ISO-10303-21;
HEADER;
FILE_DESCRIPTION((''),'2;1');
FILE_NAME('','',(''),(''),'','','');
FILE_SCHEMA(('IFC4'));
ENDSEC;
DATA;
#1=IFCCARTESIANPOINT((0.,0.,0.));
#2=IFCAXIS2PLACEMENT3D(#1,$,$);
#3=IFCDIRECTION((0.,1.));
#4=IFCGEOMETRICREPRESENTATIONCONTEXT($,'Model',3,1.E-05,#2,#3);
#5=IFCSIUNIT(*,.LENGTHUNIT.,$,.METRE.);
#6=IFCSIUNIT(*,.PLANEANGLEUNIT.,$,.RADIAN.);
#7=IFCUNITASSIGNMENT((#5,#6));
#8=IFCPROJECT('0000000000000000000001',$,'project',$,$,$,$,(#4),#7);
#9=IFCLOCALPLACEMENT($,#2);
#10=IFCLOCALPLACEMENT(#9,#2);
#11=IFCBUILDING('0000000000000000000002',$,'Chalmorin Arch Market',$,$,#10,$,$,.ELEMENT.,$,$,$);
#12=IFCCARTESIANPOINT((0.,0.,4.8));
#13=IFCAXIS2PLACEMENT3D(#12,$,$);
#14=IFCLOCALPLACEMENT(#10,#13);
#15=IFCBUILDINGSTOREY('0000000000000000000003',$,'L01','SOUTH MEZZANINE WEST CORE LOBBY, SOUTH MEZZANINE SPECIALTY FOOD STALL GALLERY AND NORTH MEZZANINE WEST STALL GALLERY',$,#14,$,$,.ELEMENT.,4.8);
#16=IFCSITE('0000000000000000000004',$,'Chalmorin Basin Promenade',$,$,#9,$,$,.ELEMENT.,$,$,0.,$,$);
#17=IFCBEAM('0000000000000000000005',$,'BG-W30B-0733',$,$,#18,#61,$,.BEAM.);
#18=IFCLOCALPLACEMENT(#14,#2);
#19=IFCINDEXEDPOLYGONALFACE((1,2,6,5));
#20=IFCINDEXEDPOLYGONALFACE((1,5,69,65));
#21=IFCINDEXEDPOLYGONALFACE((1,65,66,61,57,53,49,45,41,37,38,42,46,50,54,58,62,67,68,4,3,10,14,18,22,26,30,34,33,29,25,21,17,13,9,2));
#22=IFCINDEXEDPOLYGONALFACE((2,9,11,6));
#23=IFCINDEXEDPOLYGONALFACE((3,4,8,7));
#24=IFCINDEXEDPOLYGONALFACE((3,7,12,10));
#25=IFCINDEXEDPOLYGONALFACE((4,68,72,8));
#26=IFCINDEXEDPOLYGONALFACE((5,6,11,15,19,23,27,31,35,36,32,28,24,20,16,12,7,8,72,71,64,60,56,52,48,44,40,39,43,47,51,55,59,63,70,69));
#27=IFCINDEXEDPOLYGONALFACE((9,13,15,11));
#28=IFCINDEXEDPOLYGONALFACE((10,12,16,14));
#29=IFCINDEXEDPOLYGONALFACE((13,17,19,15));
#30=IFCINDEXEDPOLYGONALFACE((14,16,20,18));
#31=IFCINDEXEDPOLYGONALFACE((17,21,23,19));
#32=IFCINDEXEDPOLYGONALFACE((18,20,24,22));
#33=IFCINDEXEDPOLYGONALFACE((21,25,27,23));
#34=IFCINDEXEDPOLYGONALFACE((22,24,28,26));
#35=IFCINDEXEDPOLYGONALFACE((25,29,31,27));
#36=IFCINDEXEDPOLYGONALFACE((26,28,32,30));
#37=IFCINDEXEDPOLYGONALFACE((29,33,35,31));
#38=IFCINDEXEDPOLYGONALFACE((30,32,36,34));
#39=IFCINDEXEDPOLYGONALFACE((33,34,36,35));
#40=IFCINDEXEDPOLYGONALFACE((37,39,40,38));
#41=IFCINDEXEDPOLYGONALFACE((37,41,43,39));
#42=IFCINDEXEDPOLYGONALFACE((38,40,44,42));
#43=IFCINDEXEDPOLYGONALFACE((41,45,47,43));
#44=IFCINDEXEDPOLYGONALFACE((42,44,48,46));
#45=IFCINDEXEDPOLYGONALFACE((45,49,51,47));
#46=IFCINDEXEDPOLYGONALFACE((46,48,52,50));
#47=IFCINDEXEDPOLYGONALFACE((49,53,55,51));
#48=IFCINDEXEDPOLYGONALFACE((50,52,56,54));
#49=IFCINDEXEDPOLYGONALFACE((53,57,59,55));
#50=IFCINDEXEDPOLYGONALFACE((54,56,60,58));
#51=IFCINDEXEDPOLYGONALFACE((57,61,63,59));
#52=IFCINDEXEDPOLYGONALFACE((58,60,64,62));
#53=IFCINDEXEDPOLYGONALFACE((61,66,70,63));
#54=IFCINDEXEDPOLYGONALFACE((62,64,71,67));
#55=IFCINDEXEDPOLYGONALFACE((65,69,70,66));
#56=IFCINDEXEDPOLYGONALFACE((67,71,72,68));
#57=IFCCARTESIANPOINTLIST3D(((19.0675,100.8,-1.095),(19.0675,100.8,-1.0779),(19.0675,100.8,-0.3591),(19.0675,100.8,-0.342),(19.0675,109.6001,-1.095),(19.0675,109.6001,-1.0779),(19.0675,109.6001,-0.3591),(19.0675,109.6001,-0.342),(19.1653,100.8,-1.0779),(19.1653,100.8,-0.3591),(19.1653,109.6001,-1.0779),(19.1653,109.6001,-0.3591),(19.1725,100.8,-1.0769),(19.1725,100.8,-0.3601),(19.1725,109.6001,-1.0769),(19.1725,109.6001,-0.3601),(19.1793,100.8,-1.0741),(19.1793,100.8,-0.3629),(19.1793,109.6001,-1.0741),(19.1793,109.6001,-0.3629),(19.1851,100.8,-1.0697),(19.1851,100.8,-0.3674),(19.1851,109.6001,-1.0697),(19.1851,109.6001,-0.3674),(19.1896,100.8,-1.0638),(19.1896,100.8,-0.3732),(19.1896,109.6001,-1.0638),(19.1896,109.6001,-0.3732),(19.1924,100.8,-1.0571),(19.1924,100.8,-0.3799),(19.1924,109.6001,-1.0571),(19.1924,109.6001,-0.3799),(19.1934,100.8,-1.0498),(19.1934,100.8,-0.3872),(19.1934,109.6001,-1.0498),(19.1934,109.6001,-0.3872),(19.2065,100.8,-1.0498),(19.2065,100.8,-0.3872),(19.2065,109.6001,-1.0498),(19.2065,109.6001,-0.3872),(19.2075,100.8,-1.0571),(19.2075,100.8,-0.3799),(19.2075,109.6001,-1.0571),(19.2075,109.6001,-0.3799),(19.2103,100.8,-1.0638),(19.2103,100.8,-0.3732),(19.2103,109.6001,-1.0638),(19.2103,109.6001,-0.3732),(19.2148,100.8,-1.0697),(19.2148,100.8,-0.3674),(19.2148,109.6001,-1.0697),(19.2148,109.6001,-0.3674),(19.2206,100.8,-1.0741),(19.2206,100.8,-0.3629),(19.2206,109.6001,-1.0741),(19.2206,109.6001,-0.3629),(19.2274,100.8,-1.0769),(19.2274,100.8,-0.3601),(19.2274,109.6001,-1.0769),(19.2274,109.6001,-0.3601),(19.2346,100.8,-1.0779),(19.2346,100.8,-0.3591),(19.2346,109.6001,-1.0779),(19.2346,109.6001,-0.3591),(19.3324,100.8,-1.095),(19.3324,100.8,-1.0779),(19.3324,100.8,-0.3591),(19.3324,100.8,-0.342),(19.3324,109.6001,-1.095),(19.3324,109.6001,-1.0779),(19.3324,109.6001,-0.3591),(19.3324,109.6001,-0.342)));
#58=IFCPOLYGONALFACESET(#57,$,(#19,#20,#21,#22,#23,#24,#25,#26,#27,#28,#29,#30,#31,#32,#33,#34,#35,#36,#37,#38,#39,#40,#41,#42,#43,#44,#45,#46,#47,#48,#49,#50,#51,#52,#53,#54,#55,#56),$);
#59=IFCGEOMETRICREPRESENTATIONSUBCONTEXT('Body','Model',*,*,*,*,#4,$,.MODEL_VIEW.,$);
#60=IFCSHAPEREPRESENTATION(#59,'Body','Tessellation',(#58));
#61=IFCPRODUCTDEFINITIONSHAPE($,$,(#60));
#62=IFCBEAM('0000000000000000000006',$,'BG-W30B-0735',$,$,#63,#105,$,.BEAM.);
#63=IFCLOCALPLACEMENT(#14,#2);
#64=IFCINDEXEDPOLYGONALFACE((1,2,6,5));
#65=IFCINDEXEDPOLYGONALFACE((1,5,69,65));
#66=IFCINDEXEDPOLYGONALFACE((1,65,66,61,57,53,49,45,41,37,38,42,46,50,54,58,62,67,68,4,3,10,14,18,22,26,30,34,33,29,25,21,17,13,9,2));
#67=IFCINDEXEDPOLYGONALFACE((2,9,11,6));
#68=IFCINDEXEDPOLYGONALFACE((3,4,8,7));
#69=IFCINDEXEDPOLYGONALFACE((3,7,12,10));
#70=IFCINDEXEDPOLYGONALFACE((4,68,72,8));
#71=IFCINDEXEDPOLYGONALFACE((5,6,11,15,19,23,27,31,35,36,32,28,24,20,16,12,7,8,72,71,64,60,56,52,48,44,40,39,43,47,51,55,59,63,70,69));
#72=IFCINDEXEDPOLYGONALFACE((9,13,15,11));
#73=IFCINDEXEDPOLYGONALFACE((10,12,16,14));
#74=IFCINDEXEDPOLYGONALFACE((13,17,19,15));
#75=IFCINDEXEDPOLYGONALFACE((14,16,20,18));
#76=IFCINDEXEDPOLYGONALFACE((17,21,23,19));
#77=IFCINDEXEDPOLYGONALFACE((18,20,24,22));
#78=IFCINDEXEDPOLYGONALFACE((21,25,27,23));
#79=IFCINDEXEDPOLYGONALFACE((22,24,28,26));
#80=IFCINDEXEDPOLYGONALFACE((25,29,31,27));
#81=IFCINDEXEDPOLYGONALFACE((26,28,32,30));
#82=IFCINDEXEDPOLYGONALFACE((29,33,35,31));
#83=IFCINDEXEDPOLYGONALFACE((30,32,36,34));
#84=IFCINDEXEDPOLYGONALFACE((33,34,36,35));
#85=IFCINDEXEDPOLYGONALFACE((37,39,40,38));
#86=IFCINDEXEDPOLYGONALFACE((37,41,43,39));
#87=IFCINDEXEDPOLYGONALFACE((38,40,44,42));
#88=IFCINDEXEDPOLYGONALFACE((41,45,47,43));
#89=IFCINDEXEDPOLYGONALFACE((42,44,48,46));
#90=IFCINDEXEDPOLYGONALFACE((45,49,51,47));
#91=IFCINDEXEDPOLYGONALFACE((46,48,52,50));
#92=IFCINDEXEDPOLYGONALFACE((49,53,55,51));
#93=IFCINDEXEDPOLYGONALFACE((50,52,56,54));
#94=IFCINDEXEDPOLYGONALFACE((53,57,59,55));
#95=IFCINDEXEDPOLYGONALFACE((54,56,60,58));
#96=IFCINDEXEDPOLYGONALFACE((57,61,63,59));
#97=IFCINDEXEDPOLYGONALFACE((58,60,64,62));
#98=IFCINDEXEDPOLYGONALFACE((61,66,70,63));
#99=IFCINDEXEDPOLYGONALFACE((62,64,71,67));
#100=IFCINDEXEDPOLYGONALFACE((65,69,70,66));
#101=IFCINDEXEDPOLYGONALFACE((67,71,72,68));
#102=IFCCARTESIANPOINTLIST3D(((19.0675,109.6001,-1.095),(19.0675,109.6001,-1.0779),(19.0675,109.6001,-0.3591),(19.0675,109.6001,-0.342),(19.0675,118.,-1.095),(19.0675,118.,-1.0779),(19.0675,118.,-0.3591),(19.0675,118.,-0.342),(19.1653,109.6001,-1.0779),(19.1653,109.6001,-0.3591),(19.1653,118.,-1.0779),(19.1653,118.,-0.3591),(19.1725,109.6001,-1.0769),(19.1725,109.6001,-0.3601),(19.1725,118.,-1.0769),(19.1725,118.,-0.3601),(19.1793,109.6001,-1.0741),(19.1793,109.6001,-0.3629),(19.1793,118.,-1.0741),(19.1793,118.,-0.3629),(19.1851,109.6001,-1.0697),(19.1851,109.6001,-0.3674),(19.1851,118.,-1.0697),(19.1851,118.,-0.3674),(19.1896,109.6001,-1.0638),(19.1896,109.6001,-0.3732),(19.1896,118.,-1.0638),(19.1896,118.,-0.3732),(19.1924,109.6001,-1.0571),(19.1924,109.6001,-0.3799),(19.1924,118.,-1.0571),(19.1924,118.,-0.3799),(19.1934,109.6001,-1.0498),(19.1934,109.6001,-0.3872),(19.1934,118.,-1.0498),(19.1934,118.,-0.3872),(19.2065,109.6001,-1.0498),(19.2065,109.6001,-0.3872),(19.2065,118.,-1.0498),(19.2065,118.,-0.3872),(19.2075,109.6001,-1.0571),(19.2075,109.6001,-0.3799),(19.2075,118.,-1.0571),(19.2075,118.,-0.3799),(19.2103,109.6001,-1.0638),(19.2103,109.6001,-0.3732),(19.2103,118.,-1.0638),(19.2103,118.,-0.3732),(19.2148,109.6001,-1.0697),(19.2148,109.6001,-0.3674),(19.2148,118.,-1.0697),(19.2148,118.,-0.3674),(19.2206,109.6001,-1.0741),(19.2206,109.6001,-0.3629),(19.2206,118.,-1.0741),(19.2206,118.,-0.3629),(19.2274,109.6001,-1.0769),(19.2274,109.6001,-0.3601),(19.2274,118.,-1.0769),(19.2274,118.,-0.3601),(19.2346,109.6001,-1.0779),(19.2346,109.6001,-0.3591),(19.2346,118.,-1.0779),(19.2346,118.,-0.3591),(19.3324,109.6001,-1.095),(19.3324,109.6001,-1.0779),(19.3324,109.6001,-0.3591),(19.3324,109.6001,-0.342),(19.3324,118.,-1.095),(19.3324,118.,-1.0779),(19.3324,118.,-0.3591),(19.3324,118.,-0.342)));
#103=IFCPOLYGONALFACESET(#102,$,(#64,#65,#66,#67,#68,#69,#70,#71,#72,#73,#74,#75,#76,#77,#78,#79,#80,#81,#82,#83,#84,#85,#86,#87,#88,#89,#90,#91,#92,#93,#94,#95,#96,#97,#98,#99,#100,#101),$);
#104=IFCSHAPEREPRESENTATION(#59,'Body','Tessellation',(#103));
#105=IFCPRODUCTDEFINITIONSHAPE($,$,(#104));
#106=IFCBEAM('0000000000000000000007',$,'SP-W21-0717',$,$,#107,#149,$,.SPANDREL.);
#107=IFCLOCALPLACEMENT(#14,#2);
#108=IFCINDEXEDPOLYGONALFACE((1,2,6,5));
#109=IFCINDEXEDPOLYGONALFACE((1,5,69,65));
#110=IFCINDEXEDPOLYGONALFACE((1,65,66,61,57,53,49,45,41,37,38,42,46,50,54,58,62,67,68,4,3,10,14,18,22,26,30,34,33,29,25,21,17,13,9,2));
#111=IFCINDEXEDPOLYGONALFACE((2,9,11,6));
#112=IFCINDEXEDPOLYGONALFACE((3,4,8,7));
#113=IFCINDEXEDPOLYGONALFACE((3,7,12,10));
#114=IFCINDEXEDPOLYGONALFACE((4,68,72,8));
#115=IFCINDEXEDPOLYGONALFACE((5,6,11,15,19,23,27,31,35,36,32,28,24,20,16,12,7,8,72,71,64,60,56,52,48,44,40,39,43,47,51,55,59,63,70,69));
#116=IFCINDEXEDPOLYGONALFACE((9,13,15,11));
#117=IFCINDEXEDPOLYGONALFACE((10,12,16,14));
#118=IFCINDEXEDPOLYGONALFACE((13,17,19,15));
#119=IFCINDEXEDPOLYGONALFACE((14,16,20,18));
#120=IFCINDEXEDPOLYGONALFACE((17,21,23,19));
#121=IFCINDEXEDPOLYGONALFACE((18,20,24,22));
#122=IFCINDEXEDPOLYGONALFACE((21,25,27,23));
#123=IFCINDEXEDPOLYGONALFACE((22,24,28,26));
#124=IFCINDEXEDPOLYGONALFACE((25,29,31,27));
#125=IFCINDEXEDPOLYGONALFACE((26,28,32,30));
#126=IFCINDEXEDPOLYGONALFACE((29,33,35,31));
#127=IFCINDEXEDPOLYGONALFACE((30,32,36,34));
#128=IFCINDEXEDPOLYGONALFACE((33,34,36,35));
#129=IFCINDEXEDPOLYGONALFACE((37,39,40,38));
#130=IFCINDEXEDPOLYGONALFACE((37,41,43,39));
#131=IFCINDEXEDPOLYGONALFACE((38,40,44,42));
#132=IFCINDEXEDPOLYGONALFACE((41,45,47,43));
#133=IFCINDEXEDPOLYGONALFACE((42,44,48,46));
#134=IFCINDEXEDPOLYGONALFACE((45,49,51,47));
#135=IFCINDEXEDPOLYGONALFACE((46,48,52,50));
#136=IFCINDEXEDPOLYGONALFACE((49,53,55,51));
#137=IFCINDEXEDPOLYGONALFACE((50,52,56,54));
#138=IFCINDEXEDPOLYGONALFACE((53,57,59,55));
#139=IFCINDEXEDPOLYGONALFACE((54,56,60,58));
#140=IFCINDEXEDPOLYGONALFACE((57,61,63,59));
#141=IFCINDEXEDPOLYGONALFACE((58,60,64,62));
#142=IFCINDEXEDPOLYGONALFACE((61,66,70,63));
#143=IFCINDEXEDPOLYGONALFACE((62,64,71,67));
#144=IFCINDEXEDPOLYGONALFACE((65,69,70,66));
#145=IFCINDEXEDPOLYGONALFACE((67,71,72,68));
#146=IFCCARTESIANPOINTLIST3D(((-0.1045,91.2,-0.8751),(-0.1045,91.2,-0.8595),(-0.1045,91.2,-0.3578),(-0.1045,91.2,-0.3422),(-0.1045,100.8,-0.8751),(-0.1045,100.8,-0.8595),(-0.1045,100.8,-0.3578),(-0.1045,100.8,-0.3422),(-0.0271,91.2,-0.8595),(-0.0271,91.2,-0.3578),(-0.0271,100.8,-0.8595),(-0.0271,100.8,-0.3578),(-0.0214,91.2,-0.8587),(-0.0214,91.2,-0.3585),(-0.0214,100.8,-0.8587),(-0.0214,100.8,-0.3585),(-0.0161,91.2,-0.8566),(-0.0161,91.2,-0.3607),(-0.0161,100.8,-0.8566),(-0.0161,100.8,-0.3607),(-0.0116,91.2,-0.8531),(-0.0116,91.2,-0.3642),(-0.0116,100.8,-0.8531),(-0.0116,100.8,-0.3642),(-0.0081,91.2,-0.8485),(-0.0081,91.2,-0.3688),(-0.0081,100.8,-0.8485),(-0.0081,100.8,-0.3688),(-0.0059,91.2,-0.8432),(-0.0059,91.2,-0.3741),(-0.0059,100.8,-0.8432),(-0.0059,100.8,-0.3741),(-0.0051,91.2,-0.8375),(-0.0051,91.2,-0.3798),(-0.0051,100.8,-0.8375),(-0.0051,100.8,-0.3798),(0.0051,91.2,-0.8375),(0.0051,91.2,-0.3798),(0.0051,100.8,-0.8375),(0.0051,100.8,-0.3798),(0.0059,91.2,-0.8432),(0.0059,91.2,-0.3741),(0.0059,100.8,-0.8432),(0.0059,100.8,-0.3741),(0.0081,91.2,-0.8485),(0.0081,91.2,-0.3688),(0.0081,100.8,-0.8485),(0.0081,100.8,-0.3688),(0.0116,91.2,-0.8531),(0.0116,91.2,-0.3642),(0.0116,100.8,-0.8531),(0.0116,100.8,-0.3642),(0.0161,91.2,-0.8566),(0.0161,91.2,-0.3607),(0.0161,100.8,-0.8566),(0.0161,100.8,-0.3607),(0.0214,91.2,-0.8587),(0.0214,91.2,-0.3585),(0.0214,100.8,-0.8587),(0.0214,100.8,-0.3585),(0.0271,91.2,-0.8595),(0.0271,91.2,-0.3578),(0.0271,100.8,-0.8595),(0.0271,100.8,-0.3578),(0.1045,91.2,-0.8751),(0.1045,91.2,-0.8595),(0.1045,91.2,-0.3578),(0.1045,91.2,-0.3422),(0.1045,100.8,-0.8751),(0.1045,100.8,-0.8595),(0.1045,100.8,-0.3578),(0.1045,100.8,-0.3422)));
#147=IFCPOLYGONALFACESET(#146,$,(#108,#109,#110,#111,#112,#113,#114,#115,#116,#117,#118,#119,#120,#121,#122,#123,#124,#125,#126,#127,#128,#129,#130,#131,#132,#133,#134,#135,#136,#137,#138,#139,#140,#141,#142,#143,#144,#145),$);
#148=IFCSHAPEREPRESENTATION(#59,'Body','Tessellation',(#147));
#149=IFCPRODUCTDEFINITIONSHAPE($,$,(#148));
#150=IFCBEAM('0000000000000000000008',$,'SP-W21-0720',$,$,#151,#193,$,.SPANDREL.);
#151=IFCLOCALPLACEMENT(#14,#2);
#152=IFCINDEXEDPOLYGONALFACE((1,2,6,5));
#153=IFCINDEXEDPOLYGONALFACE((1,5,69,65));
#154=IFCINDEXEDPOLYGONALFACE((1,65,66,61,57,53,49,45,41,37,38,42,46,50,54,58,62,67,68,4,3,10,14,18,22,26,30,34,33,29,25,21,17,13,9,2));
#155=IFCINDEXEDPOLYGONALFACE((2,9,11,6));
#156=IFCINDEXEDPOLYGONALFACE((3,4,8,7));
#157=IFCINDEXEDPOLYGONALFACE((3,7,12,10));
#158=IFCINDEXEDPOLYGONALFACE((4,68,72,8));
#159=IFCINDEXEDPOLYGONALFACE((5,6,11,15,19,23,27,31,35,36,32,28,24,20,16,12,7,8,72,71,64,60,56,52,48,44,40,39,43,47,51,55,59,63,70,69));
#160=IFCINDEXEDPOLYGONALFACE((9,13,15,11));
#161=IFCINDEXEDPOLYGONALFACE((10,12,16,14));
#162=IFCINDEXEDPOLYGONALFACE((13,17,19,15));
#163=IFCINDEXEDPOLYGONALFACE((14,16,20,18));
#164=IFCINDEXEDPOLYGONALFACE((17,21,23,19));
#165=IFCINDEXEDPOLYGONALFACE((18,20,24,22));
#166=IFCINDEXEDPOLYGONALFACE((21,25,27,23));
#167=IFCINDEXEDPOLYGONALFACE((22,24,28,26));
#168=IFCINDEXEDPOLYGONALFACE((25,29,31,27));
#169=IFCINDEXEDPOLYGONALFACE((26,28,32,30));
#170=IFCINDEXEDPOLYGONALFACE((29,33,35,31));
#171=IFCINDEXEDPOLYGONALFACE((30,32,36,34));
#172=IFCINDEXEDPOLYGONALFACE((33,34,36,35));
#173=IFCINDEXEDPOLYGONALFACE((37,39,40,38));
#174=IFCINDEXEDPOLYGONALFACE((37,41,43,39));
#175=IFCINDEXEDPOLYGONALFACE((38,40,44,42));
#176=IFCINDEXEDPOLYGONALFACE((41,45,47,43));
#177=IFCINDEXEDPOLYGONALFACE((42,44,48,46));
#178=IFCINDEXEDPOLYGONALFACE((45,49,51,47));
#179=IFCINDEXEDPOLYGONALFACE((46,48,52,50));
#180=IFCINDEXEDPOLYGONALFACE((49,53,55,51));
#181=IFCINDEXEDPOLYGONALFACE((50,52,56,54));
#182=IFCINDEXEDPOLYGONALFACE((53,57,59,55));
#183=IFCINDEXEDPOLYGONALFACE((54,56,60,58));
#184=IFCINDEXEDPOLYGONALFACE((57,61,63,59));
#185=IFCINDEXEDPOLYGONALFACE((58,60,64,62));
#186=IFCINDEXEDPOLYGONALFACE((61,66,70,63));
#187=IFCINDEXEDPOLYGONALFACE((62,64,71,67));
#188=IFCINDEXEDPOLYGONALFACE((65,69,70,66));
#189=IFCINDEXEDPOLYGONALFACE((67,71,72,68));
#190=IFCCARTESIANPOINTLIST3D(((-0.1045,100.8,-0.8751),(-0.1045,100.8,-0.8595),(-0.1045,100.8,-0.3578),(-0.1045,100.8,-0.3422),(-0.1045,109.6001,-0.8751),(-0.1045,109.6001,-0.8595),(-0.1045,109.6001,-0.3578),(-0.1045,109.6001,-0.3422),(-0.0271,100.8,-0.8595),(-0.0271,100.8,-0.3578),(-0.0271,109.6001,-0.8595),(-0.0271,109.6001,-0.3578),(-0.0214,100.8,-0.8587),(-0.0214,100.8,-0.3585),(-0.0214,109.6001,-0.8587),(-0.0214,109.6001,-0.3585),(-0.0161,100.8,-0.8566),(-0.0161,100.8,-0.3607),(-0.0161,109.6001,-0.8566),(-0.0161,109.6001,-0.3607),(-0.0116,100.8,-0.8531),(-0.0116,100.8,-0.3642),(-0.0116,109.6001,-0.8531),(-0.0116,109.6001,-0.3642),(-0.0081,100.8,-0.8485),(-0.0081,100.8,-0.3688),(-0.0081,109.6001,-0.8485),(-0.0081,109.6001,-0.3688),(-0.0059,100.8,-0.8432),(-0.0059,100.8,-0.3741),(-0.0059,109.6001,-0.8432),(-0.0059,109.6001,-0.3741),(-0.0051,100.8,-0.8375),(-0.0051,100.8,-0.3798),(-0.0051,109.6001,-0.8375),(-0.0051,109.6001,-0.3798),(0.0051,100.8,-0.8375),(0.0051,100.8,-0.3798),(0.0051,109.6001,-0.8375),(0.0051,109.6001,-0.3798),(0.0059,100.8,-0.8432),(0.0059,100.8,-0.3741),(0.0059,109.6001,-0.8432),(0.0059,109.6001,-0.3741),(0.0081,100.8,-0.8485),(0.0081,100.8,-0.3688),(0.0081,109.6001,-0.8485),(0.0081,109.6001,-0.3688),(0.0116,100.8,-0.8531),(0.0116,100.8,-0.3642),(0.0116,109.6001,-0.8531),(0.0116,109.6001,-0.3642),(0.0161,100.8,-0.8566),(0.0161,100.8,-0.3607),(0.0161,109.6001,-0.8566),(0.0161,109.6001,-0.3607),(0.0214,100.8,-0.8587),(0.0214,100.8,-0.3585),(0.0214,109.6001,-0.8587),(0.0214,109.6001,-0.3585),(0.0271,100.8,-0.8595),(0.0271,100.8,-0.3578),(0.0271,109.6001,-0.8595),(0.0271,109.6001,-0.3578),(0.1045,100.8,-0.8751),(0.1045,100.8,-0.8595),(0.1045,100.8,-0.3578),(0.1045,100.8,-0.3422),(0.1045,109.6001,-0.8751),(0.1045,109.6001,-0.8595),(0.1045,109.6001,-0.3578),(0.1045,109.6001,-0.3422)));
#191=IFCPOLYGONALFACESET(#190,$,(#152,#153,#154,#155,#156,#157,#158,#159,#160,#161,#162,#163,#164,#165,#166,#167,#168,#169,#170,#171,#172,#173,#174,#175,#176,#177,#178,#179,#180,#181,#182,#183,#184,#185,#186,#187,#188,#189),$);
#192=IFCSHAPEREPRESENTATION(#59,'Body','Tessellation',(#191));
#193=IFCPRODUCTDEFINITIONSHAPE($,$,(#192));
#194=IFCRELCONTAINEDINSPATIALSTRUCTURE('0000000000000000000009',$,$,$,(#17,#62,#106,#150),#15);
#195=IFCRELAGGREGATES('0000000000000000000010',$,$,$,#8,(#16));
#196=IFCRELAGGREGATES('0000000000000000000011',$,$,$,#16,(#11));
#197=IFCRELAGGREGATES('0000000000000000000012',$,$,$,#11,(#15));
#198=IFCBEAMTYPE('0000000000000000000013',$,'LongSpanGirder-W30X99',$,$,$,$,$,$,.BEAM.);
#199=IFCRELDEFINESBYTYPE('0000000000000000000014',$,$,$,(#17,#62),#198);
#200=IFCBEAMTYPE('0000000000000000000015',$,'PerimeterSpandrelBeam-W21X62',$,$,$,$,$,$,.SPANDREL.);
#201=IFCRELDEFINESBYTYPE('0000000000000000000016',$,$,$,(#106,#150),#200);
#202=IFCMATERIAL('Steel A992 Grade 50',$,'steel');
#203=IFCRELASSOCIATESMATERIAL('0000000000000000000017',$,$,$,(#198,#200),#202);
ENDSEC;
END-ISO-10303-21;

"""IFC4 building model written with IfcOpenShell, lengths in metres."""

from ifc_helpers import new_model, si_unit, direction, frame, origin, origin_2d, place, context, subcontext, project, spatial, i_section, extrude, material, material_profile, profile_set, type_object, element, save


model = new_model("IFC4")

# Units and contexts
model_context = context("Model", 3, precision=1e-05, world=origin(), true_north=direction((0.0, 1.0)))
body_context = subcontext(model_context, "Body", "Model", "MODEL_VIEW")
ifc_project = project(units=[si_unit("LENGTHUNIT", "METRE"), si_unit("PLANEANGLEUNIT", "RADIAN")], contexts=[model_context])

# Site, building, storey
site_placement = place(None, origin())
site = spatial("IfcSite", under=ifc_project, at=site_placement, Name="Chalmorin Basin Promenade", CompositionType="ELEMENT", RefElevation=0.0)
building_placement = place(site_placement, origin())
building = spatial("IfcBuilding", under=site, at=building_placement, Name="Chalmorin Arch Market", CompositionType="ELEMENT")
storey_placement = place(building_placement, frame((0.0, 0.0, 4.8)))
storey = spatial("IfcBuildingStorey", under=building, at=storey_placement, Name="L01", Description="SOUTH MEZZANINE WEST CORE LOBBY, SOUTH MEZZANINE SPECIALTY FOOD STALL GALLERY AND NORTH MEZZANINE WEST STALL GALLERY", CompositionType="ELEMENT", Elevation=4.8)

# Beams
ifc_material = material(Name="Steel A992 Grade 50", Category="steel")
ifc_material_profile_1 = material_profile(ifc_material, i_section(OverallWidth=0.2649, OverallDepth=0.7529, WebThickness=0.0132, FlangeThickness=0.0171, FilletRadius=0.0281, at=origin_2d()), Name="W30X99")
ifc_profile_set_1 = profile_set([ifc_material_profile_1], Name="Steel A992 Grade 50")
beam_type_1 = type_object("IfcBeamType", Name="LongSpanGirder-W30X99", PredefinedType="BEAM", material=ifc_profile_set_1)
beam_1_placement = place(storey_placement, frame((19.2, 100.8, -0.7185), z_axis=(0.0, 1.0, 0.0), x_axis=(-1.0, 0.0, 0.0)))
element("IfcBeam", 1, at=beam_1_placement, inside=storey, type_object=beam_type_1, Name="BG-W30B-0733", PredefinedType="BEAM", context=body_context, shape_type="SweptSolid", body=[
    extrude(i_section(OverallWidth=0.2649, OverallDepth=0.7529, WebThickness=0.0132, FlangeThickness=0.0171, FilletRadius=0.0281, at=origin_2d()), origin(), (0.0, 0.0, 1.0), 8.8),
])
beam_2_placement = place(storey_placement, frame((19.2, 109.6001, -0.7185), z_axis=(0.0, 1.0, 0.0), x_axis=(-1.0, 0.0, 0.0)))
element("IfcBeam", 2, at=beam_2_placement, inside=storey, type_object=beam_type_1, Name="BG-W30B-0735", PredefinedType="BEAM", context=body_context, shape_type="SweptSolid", body=[
    extrude(i_section(OverallWidth=0.2649, OverallDepth=0.7529, WebThickness=0.0132, FlangeThickness=0.0171, FilletRadius=0.0281, at=origin_2d()), origin(), (0.0, 0.0, 1.0), 8.3999),
])
ifc_material_profile_2 = material_profile(ifc_material, i_section(OverallWidth=0.209, OverallDepth=0.533, WebThickness=0.0103, FlangeThickness=0.0156, FilletRadius=0.022, at=origin_2d()), Name="W21X62")
ifc_profile_set_2 = profile_set([ifc_material_profile_2], Name="Steel A992 Grade 50")
beam_type_2 = type_object("IfcBeamType", Name="PerimeterSpandrelBeam-W21X62", PredefinedType="SPANDREL", material=ifc_profile_set_2)
beam_3_placement = place(storey_placement, frame((0.0, 91.2, -0.6086), z_axis=(0.0, 1.0, 0.0), x_axis=(-1.0, 0.0, 0.0)))
element("IfcBeam", 3, at=beam_3_placement, inside=storey, type_object=beam_type_2, Name="SP-W21-0717", PredefinedType="SPANDREL", context=body_context, shape_type="SweptSolid", body=[
    extrude(i_section(OverallWidth=0.209, OverallDepth=0.533, WebThickness=0.0103, FlangeThickness=0.0156, FilletRadius=0.022, at=origin_2d()), origin(), (0.0, 0.0, 1.0), 9.6001),
])
beam_4_placement = place(storey_placement, frame((0.0, 100.8, -0.6086), z_axis=(0.0, 1.0, 0.0), x_axis=(-1.0, 0.0, 0.0)))
element("IfcBeam", 4, at=beam_4_placement, inside=storey, type_object=beam_type_2, Name="SP-W21-0720", PredefinedType="SPANDREL", context=body_context, shape_type="SweptSolid", body=[
    extrude(i_section(OverallWidth=0.209, OverallDepth=0.533, WebThickness=0.0103, FlangeThickness=0.0156, FilletRadius=0.022, at=origin_2d()), origin(), (0.0, 0.0, 1.0), 8.8),
])

save(model, "model.ifc")
